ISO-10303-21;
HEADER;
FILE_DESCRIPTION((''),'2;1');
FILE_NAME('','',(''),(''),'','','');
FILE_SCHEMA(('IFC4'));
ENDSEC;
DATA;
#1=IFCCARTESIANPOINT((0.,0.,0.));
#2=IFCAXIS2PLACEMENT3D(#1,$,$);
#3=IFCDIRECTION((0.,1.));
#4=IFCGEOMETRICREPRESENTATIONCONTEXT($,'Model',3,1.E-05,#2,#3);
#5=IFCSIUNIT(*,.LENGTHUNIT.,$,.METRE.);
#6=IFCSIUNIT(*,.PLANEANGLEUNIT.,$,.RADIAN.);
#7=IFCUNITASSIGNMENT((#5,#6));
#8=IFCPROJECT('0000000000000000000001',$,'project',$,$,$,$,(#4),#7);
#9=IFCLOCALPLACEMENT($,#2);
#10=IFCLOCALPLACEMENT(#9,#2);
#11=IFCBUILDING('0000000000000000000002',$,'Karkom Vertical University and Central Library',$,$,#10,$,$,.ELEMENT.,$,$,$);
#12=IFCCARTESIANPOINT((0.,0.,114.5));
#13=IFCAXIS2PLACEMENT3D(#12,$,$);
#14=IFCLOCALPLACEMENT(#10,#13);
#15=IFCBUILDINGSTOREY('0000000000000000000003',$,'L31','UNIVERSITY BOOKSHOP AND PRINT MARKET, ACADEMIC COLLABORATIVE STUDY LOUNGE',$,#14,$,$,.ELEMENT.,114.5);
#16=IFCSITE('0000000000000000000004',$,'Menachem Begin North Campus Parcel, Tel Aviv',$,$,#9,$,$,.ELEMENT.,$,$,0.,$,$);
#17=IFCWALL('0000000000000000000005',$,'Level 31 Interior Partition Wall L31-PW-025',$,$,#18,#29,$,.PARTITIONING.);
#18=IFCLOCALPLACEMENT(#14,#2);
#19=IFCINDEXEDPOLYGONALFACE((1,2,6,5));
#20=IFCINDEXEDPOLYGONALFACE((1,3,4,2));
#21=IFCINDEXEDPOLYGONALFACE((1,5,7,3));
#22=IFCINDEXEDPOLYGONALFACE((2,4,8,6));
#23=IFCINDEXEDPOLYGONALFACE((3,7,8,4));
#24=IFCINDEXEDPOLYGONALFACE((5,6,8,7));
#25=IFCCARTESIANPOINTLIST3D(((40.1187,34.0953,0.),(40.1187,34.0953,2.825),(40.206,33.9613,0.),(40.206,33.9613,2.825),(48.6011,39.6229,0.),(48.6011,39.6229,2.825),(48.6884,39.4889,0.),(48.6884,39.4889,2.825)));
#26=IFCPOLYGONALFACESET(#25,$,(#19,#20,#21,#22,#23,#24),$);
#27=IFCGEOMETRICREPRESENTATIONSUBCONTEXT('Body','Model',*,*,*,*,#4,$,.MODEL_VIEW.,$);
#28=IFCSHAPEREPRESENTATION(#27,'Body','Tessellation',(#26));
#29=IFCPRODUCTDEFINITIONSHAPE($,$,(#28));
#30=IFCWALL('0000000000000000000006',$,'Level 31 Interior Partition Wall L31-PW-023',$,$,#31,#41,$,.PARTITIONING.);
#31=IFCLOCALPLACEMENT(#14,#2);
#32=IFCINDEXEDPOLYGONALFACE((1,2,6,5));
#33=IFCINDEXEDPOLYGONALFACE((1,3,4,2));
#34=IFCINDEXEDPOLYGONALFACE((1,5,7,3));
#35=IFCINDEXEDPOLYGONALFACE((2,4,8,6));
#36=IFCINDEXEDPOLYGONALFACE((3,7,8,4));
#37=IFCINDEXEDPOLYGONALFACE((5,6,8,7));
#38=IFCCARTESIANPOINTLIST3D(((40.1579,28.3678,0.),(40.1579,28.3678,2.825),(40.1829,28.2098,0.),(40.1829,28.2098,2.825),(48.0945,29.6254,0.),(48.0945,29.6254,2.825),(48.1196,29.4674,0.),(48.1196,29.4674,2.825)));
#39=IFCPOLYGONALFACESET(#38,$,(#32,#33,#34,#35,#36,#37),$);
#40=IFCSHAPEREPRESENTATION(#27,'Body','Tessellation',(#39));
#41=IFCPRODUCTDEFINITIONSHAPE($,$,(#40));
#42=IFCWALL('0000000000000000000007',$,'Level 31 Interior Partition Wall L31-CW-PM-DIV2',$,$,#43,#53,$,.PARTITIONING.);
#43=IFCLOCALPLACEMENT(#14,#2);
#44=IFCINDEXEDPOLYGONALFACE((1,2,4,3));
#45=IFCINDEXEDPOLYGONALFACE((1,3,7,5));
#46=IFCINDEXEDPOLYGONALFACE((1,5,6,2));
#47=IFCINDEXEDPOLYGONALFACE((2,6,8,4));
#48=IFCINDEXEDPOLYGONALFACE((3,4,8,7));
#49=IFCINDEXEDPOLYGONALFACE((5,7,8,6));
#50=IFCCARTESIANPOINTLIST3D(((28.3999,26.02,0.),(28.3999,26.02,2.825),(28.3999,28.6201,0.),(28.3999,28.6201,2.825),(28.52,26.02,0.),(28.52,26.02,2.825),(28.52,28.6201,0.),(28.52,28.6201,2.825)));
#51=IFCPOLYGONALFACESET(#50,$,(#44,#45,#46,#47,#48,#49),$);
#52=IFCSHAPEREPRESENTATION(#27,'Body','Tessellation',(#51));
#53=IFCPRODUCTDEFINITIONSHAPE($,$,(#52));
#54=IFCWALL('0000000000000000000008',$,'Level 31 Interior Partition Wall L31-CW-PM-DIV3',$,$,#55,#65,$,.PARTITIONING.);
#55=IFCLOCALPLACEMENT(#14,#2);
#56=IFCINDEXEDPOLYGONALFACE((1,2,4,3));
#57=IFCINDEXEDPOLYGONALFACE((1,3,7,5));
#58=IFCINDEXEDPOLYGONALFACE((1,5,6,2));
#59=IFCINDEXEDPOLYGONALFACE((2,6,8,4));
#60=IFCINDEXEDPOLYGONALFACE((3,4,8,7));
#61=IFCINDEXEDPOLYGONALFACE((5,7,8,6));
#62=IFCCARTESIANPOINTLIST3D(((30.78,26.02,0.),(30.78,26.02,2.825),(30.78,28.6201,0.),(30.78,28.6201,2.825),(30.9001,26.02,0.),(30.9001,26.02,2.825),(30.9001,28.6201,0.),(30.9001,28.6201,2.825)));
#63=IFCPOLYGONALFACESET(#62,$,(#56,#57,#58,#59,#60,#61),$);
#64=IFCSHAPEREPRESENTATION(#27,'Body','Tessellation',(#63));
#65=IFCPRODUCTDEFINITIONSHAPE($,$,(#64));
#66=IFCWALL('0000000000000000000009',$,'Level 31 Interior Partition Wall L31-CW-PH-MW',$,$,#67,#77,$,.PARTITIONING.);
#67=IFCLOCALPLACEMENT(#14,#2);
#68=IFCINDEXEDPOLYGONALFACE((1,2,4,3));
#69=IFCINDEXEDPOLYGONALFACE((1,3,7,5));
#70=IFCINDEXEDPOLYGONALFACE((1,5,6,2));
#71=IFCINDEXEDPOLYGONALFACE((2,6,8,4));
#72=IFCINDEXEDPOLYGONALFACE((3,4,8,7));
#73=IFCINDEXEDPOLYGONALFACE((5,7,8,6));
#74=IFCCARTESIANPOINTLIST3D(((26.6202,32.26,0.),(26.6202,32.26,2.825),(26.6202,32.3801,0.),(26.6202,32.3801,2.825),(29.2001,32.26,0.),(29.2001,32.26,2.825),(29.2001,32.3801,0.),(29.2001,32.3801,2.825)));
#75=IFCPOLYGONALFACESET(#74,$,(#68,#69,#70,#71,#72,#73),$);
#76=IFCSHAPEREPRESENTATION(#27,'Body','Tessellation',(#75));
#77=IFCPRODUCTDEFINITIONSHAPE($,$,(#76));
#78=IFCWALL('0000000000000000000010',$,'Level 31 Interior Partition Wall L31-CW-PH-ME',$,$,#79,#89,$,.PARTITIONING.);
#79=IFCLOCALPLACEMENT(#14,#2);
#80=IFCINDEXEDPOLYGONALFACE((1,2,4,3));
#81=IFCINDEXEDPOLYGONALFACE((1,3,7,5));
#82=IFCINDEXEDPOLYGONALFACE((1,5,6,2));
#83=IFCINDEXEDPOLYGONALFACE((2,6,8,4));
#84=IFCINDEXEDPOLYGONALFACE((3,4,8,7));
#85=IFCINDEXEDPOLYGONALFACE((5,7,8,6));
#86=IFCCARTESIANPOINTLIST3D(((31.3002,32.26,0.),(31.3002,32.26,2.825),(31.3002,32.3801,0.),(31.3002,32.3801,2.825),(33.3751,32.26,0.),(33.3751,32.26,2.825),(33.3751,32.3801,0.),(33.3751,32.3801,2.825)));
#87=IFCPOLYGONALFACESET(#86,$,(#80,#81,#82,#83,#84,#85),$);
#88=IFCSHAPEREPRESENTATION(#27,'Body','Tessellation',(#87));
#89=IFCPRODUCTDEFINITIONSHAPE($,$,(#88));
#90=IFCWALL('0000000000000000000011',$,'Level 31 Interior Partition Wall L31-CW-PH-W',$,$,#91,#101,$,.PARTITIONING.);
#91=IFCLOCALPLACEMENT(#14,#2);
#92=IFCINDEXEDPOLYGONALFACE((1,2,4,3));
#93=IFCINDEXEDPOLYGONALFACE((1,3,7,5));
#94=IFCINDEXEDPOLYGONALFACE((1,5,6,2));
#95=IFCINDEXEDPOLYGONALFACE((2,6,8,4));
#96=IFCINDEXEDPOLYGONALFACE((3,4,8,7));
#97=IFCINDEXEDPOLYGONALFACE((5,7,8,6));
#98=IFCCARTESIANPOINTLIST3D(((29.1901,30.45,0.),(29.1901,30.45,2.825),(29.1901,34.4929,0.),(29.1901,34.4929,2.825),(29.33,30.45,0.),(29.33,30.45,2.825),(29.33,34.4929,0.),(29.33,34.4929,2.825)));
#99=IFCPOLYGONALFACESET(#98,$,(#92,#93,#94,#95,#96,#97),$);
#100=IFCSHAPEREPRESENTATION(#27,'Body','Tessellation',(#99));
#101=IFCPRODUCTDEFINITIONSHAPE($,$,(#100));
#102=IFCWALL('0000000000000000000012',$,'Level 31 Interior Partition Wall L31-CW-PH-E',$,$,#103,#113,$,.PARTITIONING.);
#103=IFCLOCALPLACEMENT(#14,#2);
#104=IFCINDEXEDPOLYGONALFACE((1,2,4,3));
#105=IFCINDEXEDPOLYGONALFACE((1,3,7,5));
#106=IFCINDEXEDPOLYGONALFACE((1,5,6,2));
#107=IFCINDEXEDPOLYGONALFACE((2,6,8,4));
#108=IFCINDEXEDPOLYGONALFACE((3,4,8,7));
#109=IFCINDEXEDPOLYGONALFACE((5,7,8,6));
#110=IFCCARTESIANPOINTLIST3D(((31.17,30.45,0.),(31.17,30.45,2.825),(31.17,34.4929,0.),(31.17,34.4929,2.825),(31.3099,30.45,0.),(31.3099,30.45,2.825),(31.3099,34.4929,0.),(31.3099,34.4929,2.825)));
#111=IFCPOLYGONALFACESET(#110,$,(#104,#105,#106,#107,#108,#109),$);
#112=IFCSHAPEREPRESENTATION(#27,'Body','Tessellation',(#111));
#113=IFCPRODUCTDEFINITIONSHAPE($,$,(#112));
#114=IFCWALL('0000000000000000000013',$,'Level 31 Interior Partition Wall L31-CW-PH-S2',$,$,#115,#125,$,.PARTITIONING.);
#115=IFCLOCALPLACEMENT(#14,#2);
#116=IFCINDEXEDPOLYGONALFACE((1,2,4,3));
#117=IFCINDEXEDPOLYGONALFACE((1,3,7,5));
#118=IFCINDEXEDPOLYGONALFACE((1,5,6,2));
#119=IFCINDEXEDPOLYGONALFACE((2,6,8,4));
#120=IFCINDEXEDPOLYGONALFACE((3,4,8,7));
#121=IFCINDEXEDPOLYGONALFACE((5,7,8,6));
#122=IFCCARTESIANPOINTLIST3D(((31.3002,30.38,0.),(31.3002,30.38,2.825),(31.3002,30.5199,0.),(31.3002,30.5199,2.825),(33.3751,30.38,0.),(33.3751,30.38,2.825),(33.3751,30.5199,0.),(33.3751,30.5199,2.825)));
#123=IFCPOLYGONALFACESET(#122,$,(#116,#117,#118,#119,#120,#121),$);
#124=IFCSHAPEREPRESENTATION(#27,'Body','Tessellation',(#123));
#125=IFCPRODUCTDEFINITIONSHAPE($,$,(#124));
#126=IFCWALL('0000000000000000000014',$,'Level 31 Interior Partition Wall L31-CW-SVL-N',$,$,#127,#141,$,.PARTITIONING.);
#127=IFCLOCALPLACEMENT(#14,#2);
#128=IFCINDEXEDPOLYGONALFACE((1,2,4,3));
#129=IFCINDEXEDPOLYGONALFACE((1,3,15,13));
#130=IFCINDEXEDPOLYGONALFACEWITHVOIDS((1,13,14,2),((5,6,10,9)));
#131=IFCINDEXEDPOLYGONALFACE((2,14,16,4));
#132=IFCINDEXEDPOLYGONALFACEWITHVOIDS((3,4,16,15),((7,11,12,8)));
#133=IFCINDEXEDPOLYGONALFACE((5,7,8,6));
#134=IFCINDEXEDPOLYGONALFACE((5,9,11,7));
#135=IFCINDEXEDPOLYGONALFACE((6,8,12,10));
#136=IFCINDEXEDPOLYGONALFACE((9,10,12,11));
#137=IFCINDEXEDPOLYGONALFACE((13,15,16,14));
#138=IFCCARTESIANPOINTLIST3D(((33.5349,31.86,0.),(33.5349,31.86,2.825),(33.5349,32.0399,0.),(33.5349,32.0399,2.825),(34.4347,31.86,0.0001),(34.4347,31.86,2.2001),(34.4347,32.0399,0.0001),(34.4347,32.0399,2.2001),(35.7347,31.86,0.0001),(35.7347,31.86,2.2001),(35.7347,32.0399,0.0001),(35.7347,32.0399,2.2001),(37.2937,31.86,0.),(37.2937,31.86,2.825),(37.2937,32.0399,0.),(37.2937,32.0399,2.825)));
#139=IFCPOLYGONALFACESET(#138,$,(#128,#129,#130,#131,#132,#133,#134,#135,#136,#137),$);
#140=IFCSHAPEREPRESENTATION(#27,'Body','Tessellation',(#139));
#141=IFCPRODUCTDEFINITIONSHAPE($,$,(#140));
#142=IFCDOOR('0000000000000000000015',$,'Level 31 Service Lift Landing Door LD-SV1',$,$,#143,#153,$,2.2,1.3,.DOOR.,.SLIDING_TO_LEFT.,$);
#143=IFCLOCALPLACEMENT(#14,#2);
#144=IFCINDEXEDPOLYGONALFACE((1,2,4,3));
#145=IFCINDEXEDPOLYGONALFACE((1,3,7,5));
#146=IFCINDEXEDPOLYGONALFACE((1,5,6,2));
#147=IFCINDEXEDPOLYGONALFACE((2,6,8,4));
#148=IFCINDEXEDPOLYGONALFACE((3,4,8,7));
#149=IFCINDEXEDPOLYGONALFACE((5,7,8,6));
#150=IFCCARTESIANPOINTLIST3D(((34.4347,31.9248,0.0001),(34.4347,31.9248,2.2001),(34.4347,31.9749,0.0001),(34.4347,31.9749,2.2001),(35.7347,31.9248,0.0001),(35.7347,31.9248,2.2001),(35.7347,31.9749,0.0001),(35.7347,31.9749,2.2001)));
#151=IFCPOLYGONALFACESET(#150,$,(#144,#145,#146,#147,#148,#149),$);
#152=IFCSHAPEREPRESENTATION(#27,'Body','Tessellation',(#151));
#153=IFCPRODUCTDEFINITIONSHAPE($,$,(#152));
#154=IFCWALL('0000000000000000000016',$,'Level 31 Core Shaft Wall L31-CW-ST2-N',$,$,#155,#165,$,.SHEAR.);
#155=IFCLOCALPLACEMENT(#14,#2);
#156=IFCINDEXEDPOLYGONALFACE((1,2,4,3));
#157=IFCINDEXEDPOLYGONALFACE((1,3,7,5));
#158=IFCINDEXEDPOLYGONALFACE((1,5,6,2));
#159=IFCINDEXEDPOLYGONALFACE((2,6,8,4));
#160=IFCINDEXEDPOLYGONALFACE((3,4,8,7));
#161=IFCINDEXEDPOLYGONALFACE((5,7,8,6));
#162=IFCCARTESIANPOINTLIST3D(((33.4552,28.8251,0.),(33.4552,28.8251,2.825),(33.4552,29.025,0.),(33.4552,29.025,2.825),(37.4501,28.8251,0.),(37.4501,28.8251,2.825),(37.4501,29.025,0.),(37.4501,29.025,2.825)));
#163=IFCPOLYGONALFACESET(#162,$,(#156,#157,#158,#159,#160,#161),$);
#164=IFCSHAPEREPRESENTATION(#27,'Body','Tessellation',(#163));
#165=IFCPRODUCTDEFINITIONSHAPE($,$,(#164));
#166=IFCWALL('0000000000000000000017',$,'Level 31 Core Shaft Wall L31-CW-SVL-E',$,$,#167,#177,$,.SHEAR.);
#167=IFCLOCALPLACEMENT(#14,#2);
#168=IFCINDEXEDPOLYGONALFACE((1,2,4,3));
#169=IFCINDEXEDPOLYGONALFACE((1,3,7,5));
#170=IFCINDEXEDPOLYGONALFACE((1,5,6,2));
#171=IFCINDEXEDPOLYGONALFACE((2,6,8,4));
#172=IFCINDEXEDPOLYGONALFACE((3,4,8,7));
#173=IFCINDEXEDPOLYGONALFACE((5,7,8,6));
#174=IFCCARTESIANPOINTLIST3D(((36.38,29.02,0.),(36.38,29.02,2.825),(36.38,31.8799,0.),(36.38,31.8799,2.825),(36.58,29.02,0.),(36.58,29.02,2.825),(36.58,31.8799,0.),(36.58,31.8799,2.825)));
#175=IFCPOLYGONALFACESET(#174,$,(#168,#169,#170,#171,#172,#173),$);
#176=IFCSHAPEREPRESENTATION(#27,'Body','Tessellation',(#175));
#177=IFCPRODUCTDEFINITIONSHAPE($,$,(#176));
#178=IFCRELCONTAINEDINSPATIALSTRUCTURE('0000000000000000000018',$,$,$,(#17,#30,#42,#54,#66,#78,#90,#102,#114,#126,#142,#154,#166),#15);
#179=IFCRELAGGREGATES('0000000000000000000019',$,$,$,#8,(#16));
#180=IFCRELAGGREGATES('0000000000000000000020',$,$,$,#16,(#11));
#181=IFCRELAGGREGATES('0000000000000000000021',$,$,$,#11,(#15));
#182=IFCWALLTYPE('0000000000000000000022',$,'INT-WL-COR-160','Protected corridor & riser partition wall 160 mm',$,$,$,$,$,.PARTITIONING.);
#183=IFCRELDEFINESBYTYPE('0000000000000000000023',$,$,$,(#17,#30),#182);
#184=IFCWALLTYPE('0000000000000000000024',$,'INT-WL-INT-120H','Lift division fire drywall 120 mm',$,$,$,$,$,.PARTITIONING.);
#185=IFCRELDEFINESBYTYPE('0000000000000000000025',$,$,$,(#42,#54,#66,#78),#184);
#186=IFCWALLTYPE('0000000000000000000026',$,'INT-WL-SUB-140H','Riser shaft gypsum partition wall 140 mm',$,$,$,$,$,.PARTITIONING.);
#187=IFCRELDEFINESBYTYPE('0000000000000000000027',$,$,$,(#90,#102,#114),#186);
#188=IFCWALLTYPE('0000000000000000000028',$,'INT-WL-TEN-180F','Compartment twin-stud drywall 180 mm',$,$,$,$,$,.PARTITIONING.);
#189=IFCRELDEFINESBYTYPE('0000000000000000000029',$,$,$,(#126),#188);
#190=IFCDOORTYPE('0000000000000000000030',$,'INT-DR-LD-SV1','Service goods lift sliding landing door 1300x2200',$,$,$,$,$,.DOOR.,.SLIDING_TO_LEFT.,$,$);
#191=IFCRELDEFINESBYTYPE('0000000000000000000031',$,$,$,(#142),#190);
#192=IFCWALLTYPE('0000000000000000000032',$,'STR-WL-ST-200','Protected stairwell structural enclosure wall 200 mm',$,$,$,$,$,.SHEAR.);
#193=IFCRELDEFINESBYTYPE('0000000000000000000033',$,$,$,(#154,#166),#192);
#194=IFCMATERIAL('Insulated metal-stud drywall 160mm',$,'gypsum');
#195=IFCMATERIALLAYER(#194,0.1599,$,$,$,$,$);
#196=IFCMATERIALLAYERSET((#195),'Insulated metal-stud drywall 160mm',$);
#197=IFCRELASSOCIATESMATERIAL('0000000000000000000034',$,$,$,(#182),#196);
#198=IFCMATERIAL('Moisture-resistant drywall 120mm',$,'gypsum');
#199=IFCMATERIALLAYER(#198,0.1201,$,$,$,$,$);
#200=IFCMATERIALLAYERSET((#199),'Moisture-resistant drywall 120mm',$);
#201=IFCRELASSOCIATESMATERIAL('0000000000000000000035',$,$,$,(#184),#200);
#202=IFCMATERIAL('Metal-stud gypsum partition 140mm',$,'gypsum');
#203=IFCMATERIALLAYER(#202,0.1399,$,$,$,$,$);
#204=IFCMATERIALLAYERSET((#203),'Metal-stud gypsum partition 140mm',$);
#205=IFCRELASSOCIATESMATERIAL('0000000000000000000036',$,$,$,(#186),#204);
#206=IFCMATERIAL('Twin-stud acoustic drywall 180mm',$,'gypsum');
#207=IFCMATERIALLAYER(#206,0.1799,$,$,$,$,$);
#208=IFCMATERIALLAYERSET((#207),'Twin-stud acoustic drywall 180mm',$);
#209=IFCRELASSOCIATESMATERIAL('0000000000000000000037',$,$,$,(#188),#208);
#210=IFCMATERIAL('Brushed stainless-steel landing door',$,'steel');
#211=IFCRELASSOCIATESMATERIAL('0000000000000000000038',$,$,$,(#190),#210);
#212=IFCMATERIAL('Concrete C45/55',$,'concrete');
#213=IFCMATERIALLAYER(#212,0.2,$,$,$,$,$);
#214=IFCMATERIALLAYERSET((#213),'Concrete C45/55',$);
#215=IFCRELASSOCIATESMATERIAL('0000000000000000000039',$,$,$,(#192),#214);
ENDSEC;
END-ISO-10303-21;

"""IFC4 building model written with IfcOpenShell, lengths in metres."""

from ifc_helpers import new_model, si_unit, direction, frame, frame_2d, origin, origin_with_axes, place, context, subcontext, project, spatial, rectangle, extrude, source, transform, mapped, material, layer, layer_set, type_object, element, fill, save


model = new_model("IFC4")

# Units and contexts
model_context = context("Model", 3, precision=1e-05, world=origin(), true_north=direction((0.0, 1.0)))
body_context = subcontext(model_context, "Body", "Model", "MODEL_VIEW")
ifc_project = project(units=[si_unit("LENGTHUNIT", "METRE"), si_unit("PLANEANGLEUNIT", "RADIAN")], contexts=[model_context])

# Site, building, storey
site_placement = place(None, origin())
site = spatial("IfcSite", under=ifc_project, at=site_placement, Name="Menachem Begin North Campus Parcel, Tel Aviv", CompositionType="ELEMENT", RefElevation=0.0)
building_placement = place(site_placement, origin())
building = spatial("IfcBuilding", under=site, at=building_placement, Name="Karkom Vertical University and Central Library", CompositionType="ELEMENT")
storey_placement = place(building_placement, frame((0.0, 0.0, 114.5)))
storey = spatial("IfcBuildingStorey", under=building, at=storey_placement, Name="L31", Description="UNIVERSITY BOOKSHOP AND PRINT MARKET, ACADEMIC COLLABORATIVE STUDY LOUNGE", CompositionType="ELEMENT", Elevation=114.5)

# Walls
ifc_material_1 = material(Name="Insulated metal-stud drywall 160mm", Category="gypsum")
ifc_layer_1 = layer(ifc_material_1, 0.1599)
ifc_layer_set_1 = layer_set([ifc_layer_1], Name="Insulated metal-stud drywall 160mm")
wall_type_1 = type_object("IfcWallType", Name="INT-WL-COR-160", Description="Protected corridor & riser partition wall 160 mm", PredefinedType="PARTITIONING", material=ifc_layer_set_1)
wall_1_placement = place(storey_placement, frame((40.1624, 34.0283, 0.0), z_axis=(0.0, 0.0, 1.0), x_axis=(0.837811, 0.545961, 0.0)))
element("IfcWall", 1, at=wall_1_placement, inside=storey, type_object=wall_type_1, Name="Level 31 Interior Partition Wall L31-PW-025", PredefinedType="PARTITIONING", context=body_context, shape_type="SweptSolid", body=[
    extrude(rectangle(XDim=10.1245, YDim=0.1599, at=frame_2d((5.0623, 0.0))), origin(), (0.0, 0.0, 1.0), 2.825),
])
wall_2_placement = place(storey_placement, frame((40.1704, 28.2888, 0.0), z_axis=(0.0, 0.0, 1.0), x_axis=(0.987678, 0.156501, 0.0)))
element("IfcWall", 2, at=wall_2_placement, inside=storey, type_object=wall_type_1, Name="Level 31 Interior Partition Wall L31-PW-023", PredefinedType="PARTITIONING", context=body_context, shape_type="SweptSolid", body=[
    extrude(rectangle(XDim=8.0356, YDim=0.1599, at=frame_2d((4.0178, 0.0))), origin(), (0.0, 0.0, 1.0), 2.825),
])
ifc_material_2 = material(Name="Moisture-resistant drywall 120mm", Category="gypsum")
ifc_layer_2 = layer(ifc_material_2, 0.1201)
ifc_layer_set_2 = layer_set([ifc_layer_2], Name="Moisture-resistant drywall 120mm")
wall_type_2 = type_object("IfcWallType", Name="INT-WL-INT-120H", Description="Lift division fire drywall 120 mm", PredefinedType="PARTITIONING", material=ifc_layer_set_2)
for number, where, z_axis, x_axis, name in (
    (3, (28.46, 26.02, 0.0), (0.0, 0.0, 1.0), (0.0, 1.0, 0.0), "Level 31 Interior Partition Wall L31-CW-PM-DIV2"),
    (4, (30.8401, 26.02, 0.0), (0.0, 0.0, 1.0), (0.0, 1.0, 0.0), "Level 31 Interior Partition Wall L31-CW-PM-DIV3"),
):
    element("IfcWall", number, at=place(storey_placement, frame(where, z_axis=z_axis, x_axis=x_axis)), inside=storey, type_object=wall_type_2, Name=name, PredefinedType="PARTITIONING", context=body_context, shape_type="SweptSolid", body=[
        extrude(rectangle(XDim=2.6001, YDim=0.1201, at=frame_2d((1.3, 0.0))), origin(), (0.0, 0.0, 1.0), 2.825),
    ])
wall_3_placement = place(storey_placement, frame((26.6201, 32.3201, 0.0), z_axis=(0.0, 0.0, 1.0), x_axis=(1.0, 0.0, 0.0)))
element("IfcWall", 5, at=wall_3_placement, inside=storey, type_object=wall_type_2, Name="Level 31 Interior Partition Wall L31-CW-PH-MW", PredefinedType="PARTITIONING", context=body_context, shape_type="SweptSolid", body=[
    extrude(rectangle(XDim=2.5798, YDim=0.1201, at=frame_2d((1.29, 0.0))), origin(), (0.0, 0.0, 1.0), 2.825),
])
wall_4_placement = place(storey_placement, frame((31.3, 32.3201, 0.0), z_axis=(0.0, 0.0, 1.0), x_axis=(1.0, 0.0, 0.0)))
element("IfcWall", 6, at=wall_4_placement, inside=storey, type_object=wall_type_2, Name="Level 31 Interior Partition Wall L31-CW-PH-ME", PredefinedType="PARTITIONING", context=body_context, shape_type="SweptSolid", body=[
    extrude(rectangle(XDim=2.075, YDim=0.1201, at=frame_2d((1.0376, 0.0))), origin(), (0.0, 0.0, 1.0), 2.825),
])
ifc_material_3 = material(Name="Metal-stud gypsum partition 140mm", Category="gypsum")
ifc_layer_3 = layer(ifc_material_3, 0.1399)
ifc_layer_set_3 = layer_set([ifc_layer_3], Name="Metal-stud gypsum partition 140mm")
wall_type_3 = type_object("IfcWallType", Name="INT-WL-SUB-140H", Description="Riser shaft gypsum partition wall 140 mm", PredefinedType="PARTITIONING", material=ifc_layer_set_3)
for number, where, z_axis, x_axis, name in (
    (7, (29.26, 30.45, 0.0), (0.0, 0.0, 1.0), (0.0, 1.0, 0.0), "Level 31 Interior Partition Wall L31-CW-PH-W"),
    (8, (31.24, 30.45, 0.0), (0.0, 0.0, 1.0), (0.0, 1.0, 0.0), "Level 31 Interior Partition Wall L31-CW-PH-E"),
):
    element("IfcWall", number, at=place(storey_placement, frame(where, z_axis=z_axis, x_axis=x_axis)), inside=storey, type_object=wall_type_3, Name=name, PredefinedType="PARTITIONING", context=body_context, shape_type="SweptSolid", body=[
        extrude(rectangle(XDim=4.043, YDim=0.1399, at=frame_2d((2.0215, 0.0))), origin(), (0.0, 0.0, 1.0), 2.825),
    ])
wall_5_placement = place(storey_placement, frame((31.3, 30.45, 0.0), z_axis=(0.0, 0.0, 1.0), x_axis=(1.0, 0.0, 0.0)))
element("IfcWall", 9, at=wall_5_placement, inside=storey, type_object=wall_type_3, Name="Level 31 Interior Partition Wall L31-CW-PH-S2", PredefinedType="PARTITIONING", context=body_context, shape_type="SweptSolid", body=[
    extrude(rectangle(XDim=2.075, YDim=0.1399, at=frame_2d((1.0376, 0.0))), origin(), (0.0, 0.0, 1.0), 2.825),
])

# Wall, opening, door
ifc_material_4 = material(Name="Twin-stud acoustic drywall 180mm", Category="gypsum")
ifc_layer_4 = layer(ifc_material_4, 0.1799)
ifc_layer_set_4 = layer_set([ifc_layer_4], Name="Twin-stud acoustic drywall 180mm")
wall_type_4 = type_object("IfcWallType", Name="INT-WL-TEN-180F", Description="Compartment twin-stud drywall 180 mm", PredefinedType="PARTITIONING", material=ifc_layer_set_4)
wall_6_placement = place(storey_placement, frame((33.5349, 31.95, 0.0), z_axis=(0.0, 0.0, 1.0), x_axis=(1.0, 0.0, 0.0)))
wall_6 = element("IfcWall", 10, at=wall_6_placement, inside=storey, type_object=wall_type_4, Name="Level 31 Interior Partition Wall L31-CW-SVL-N", PredefinedType="PARTITIONING", context=body_context, shape_type="SweptSolid", body=[
    extrude(rectangle(XDim=3.7588, YDim=0.1799, at=frame_2d((1.8794, 0.0))), origin(), (0.0, 0.0, 1.0), 2.825),
])
opening_1_placement = place(wall_6_placement, frame((0.8999, 0.0, 0.0)))
opening_1 = element("IfcOpeningElement", 11, at=opening_1_placement, cuts=wall_6, PredefinedType="OPENING", context=body_context, shape_type="SweptSolid", body=[
    extrude(rectangle(XDim=1.3, YDim=2.2, at=frame_2d((0.6499, 1.1001))), frame((0.0, 0.1001, 0.0), z_axis=(0.0, -1.0, 0.0), x_axis=(1.0, 0.0, 0.0)), (0.0, 0.0, 1.0), 0.2),
])
ifc_material_5 = material(Name="Brushed stainless-steel landing door", Category="steel")
door_type_1 = type_object("IfcDoorType", Name="INT-DR-LD-SV1", Description="Service goods lift sliding landing door 1300x2200", OperationType="SLIDING_TO_LEFT", PredefinedType="DOOR", material=ifc_material_5)
shared_shape_1 = source(origin_with_axes(), body_context, "Body", "SweptSolid", [
    extrude(rectangle(XDim=1.3, YDim=2.2, at=frame_2d((0.6499, 1.1001))), frame((0.0, 0.0249, 0.0), z_axis=(0.0, -1.0, 0.0), x_axis=(1.0, 0.0, 0.0)), (0.0, 0.0, 1.0), 0.05),
])
door_1_placement = place(opening_1_placement, origin())
door_1 = element("IfcDoor", 12, at=door_1_placement, inside=storey, type_object=door_type_1, Name="Level 31 Service Lift Landing Door LD-SV1", OperationType="SLIDING_TO_LEFT", OverallHeight=2.2, OverallWidth=1.3, PredefinedType="DOOR", context=body_context, shape_type="MappedRepresentation", body=[
    mapped(shared_shape_1, transform((0.0, 0.0, 0.0), scale=1.0)),
])
fill(opening_1, door_1)

# Walls
ifc_material_6 = material(Name="Concrete C45/55", Category="concrete")
ifc_layer_5 = layer(ifc_material_6, 0.2)
ifc_layer_set_5 = layer_set([ifc_layer_5], Name="Concrete C45/55")
wall_type_5 = type_object("IfcWallType", Name="STR-WL-ST-200", Description="Protected stairwell structural enclosure wall 200 mm", PredefinedType="SHEAR", material=ifc_layer_set_5)
wall_7_placement = place(storey_placement, frame((33.4551, 28.925, 0.0), z_axis=(0.0, 0.0, 1.0), x_axis=(1.0, 0.0, 0.0)))
element("IfcWall", 13, at=wall_7_placement, inside=storey, type_object=wall_type_5, Name="Level 31 Core Shaft Wall L31-CW-ST2-N", PredefinedType="SHEAR", context=body_context, shape_type="SweptSolid", body=[
    extrude(rectangle(XDim=3.9949, YDim=0.2, at=frame_2d((1.9976, 0.0))), origin(), (0.0, 0.0, 1.0), 2.825),
])
wall_8_placement = place(storey_placement, frame((36.48, 29.02, 0.0), z_axis=(0.0, 0.0, 1.0), x_axis=(0.0, 1.0, 0.0)))
element("IfcWall", 14, at=wall_8_placement, inside=storey, type_object=wall_type_5, Name="Level 31 Core Shaft Wall L31-CW-SVL-E", PredefinedType="SHEAR", context=body_context, shape_type="SweptSolid", body=[
    extrude(rectangle(XDim=2.8599, YDim=0.2, at=frame_2d((1.4299, 0.0))), origin(), (0.0, 0.0, 1.0), 2.825),
])

save(model, "model.ifc")
